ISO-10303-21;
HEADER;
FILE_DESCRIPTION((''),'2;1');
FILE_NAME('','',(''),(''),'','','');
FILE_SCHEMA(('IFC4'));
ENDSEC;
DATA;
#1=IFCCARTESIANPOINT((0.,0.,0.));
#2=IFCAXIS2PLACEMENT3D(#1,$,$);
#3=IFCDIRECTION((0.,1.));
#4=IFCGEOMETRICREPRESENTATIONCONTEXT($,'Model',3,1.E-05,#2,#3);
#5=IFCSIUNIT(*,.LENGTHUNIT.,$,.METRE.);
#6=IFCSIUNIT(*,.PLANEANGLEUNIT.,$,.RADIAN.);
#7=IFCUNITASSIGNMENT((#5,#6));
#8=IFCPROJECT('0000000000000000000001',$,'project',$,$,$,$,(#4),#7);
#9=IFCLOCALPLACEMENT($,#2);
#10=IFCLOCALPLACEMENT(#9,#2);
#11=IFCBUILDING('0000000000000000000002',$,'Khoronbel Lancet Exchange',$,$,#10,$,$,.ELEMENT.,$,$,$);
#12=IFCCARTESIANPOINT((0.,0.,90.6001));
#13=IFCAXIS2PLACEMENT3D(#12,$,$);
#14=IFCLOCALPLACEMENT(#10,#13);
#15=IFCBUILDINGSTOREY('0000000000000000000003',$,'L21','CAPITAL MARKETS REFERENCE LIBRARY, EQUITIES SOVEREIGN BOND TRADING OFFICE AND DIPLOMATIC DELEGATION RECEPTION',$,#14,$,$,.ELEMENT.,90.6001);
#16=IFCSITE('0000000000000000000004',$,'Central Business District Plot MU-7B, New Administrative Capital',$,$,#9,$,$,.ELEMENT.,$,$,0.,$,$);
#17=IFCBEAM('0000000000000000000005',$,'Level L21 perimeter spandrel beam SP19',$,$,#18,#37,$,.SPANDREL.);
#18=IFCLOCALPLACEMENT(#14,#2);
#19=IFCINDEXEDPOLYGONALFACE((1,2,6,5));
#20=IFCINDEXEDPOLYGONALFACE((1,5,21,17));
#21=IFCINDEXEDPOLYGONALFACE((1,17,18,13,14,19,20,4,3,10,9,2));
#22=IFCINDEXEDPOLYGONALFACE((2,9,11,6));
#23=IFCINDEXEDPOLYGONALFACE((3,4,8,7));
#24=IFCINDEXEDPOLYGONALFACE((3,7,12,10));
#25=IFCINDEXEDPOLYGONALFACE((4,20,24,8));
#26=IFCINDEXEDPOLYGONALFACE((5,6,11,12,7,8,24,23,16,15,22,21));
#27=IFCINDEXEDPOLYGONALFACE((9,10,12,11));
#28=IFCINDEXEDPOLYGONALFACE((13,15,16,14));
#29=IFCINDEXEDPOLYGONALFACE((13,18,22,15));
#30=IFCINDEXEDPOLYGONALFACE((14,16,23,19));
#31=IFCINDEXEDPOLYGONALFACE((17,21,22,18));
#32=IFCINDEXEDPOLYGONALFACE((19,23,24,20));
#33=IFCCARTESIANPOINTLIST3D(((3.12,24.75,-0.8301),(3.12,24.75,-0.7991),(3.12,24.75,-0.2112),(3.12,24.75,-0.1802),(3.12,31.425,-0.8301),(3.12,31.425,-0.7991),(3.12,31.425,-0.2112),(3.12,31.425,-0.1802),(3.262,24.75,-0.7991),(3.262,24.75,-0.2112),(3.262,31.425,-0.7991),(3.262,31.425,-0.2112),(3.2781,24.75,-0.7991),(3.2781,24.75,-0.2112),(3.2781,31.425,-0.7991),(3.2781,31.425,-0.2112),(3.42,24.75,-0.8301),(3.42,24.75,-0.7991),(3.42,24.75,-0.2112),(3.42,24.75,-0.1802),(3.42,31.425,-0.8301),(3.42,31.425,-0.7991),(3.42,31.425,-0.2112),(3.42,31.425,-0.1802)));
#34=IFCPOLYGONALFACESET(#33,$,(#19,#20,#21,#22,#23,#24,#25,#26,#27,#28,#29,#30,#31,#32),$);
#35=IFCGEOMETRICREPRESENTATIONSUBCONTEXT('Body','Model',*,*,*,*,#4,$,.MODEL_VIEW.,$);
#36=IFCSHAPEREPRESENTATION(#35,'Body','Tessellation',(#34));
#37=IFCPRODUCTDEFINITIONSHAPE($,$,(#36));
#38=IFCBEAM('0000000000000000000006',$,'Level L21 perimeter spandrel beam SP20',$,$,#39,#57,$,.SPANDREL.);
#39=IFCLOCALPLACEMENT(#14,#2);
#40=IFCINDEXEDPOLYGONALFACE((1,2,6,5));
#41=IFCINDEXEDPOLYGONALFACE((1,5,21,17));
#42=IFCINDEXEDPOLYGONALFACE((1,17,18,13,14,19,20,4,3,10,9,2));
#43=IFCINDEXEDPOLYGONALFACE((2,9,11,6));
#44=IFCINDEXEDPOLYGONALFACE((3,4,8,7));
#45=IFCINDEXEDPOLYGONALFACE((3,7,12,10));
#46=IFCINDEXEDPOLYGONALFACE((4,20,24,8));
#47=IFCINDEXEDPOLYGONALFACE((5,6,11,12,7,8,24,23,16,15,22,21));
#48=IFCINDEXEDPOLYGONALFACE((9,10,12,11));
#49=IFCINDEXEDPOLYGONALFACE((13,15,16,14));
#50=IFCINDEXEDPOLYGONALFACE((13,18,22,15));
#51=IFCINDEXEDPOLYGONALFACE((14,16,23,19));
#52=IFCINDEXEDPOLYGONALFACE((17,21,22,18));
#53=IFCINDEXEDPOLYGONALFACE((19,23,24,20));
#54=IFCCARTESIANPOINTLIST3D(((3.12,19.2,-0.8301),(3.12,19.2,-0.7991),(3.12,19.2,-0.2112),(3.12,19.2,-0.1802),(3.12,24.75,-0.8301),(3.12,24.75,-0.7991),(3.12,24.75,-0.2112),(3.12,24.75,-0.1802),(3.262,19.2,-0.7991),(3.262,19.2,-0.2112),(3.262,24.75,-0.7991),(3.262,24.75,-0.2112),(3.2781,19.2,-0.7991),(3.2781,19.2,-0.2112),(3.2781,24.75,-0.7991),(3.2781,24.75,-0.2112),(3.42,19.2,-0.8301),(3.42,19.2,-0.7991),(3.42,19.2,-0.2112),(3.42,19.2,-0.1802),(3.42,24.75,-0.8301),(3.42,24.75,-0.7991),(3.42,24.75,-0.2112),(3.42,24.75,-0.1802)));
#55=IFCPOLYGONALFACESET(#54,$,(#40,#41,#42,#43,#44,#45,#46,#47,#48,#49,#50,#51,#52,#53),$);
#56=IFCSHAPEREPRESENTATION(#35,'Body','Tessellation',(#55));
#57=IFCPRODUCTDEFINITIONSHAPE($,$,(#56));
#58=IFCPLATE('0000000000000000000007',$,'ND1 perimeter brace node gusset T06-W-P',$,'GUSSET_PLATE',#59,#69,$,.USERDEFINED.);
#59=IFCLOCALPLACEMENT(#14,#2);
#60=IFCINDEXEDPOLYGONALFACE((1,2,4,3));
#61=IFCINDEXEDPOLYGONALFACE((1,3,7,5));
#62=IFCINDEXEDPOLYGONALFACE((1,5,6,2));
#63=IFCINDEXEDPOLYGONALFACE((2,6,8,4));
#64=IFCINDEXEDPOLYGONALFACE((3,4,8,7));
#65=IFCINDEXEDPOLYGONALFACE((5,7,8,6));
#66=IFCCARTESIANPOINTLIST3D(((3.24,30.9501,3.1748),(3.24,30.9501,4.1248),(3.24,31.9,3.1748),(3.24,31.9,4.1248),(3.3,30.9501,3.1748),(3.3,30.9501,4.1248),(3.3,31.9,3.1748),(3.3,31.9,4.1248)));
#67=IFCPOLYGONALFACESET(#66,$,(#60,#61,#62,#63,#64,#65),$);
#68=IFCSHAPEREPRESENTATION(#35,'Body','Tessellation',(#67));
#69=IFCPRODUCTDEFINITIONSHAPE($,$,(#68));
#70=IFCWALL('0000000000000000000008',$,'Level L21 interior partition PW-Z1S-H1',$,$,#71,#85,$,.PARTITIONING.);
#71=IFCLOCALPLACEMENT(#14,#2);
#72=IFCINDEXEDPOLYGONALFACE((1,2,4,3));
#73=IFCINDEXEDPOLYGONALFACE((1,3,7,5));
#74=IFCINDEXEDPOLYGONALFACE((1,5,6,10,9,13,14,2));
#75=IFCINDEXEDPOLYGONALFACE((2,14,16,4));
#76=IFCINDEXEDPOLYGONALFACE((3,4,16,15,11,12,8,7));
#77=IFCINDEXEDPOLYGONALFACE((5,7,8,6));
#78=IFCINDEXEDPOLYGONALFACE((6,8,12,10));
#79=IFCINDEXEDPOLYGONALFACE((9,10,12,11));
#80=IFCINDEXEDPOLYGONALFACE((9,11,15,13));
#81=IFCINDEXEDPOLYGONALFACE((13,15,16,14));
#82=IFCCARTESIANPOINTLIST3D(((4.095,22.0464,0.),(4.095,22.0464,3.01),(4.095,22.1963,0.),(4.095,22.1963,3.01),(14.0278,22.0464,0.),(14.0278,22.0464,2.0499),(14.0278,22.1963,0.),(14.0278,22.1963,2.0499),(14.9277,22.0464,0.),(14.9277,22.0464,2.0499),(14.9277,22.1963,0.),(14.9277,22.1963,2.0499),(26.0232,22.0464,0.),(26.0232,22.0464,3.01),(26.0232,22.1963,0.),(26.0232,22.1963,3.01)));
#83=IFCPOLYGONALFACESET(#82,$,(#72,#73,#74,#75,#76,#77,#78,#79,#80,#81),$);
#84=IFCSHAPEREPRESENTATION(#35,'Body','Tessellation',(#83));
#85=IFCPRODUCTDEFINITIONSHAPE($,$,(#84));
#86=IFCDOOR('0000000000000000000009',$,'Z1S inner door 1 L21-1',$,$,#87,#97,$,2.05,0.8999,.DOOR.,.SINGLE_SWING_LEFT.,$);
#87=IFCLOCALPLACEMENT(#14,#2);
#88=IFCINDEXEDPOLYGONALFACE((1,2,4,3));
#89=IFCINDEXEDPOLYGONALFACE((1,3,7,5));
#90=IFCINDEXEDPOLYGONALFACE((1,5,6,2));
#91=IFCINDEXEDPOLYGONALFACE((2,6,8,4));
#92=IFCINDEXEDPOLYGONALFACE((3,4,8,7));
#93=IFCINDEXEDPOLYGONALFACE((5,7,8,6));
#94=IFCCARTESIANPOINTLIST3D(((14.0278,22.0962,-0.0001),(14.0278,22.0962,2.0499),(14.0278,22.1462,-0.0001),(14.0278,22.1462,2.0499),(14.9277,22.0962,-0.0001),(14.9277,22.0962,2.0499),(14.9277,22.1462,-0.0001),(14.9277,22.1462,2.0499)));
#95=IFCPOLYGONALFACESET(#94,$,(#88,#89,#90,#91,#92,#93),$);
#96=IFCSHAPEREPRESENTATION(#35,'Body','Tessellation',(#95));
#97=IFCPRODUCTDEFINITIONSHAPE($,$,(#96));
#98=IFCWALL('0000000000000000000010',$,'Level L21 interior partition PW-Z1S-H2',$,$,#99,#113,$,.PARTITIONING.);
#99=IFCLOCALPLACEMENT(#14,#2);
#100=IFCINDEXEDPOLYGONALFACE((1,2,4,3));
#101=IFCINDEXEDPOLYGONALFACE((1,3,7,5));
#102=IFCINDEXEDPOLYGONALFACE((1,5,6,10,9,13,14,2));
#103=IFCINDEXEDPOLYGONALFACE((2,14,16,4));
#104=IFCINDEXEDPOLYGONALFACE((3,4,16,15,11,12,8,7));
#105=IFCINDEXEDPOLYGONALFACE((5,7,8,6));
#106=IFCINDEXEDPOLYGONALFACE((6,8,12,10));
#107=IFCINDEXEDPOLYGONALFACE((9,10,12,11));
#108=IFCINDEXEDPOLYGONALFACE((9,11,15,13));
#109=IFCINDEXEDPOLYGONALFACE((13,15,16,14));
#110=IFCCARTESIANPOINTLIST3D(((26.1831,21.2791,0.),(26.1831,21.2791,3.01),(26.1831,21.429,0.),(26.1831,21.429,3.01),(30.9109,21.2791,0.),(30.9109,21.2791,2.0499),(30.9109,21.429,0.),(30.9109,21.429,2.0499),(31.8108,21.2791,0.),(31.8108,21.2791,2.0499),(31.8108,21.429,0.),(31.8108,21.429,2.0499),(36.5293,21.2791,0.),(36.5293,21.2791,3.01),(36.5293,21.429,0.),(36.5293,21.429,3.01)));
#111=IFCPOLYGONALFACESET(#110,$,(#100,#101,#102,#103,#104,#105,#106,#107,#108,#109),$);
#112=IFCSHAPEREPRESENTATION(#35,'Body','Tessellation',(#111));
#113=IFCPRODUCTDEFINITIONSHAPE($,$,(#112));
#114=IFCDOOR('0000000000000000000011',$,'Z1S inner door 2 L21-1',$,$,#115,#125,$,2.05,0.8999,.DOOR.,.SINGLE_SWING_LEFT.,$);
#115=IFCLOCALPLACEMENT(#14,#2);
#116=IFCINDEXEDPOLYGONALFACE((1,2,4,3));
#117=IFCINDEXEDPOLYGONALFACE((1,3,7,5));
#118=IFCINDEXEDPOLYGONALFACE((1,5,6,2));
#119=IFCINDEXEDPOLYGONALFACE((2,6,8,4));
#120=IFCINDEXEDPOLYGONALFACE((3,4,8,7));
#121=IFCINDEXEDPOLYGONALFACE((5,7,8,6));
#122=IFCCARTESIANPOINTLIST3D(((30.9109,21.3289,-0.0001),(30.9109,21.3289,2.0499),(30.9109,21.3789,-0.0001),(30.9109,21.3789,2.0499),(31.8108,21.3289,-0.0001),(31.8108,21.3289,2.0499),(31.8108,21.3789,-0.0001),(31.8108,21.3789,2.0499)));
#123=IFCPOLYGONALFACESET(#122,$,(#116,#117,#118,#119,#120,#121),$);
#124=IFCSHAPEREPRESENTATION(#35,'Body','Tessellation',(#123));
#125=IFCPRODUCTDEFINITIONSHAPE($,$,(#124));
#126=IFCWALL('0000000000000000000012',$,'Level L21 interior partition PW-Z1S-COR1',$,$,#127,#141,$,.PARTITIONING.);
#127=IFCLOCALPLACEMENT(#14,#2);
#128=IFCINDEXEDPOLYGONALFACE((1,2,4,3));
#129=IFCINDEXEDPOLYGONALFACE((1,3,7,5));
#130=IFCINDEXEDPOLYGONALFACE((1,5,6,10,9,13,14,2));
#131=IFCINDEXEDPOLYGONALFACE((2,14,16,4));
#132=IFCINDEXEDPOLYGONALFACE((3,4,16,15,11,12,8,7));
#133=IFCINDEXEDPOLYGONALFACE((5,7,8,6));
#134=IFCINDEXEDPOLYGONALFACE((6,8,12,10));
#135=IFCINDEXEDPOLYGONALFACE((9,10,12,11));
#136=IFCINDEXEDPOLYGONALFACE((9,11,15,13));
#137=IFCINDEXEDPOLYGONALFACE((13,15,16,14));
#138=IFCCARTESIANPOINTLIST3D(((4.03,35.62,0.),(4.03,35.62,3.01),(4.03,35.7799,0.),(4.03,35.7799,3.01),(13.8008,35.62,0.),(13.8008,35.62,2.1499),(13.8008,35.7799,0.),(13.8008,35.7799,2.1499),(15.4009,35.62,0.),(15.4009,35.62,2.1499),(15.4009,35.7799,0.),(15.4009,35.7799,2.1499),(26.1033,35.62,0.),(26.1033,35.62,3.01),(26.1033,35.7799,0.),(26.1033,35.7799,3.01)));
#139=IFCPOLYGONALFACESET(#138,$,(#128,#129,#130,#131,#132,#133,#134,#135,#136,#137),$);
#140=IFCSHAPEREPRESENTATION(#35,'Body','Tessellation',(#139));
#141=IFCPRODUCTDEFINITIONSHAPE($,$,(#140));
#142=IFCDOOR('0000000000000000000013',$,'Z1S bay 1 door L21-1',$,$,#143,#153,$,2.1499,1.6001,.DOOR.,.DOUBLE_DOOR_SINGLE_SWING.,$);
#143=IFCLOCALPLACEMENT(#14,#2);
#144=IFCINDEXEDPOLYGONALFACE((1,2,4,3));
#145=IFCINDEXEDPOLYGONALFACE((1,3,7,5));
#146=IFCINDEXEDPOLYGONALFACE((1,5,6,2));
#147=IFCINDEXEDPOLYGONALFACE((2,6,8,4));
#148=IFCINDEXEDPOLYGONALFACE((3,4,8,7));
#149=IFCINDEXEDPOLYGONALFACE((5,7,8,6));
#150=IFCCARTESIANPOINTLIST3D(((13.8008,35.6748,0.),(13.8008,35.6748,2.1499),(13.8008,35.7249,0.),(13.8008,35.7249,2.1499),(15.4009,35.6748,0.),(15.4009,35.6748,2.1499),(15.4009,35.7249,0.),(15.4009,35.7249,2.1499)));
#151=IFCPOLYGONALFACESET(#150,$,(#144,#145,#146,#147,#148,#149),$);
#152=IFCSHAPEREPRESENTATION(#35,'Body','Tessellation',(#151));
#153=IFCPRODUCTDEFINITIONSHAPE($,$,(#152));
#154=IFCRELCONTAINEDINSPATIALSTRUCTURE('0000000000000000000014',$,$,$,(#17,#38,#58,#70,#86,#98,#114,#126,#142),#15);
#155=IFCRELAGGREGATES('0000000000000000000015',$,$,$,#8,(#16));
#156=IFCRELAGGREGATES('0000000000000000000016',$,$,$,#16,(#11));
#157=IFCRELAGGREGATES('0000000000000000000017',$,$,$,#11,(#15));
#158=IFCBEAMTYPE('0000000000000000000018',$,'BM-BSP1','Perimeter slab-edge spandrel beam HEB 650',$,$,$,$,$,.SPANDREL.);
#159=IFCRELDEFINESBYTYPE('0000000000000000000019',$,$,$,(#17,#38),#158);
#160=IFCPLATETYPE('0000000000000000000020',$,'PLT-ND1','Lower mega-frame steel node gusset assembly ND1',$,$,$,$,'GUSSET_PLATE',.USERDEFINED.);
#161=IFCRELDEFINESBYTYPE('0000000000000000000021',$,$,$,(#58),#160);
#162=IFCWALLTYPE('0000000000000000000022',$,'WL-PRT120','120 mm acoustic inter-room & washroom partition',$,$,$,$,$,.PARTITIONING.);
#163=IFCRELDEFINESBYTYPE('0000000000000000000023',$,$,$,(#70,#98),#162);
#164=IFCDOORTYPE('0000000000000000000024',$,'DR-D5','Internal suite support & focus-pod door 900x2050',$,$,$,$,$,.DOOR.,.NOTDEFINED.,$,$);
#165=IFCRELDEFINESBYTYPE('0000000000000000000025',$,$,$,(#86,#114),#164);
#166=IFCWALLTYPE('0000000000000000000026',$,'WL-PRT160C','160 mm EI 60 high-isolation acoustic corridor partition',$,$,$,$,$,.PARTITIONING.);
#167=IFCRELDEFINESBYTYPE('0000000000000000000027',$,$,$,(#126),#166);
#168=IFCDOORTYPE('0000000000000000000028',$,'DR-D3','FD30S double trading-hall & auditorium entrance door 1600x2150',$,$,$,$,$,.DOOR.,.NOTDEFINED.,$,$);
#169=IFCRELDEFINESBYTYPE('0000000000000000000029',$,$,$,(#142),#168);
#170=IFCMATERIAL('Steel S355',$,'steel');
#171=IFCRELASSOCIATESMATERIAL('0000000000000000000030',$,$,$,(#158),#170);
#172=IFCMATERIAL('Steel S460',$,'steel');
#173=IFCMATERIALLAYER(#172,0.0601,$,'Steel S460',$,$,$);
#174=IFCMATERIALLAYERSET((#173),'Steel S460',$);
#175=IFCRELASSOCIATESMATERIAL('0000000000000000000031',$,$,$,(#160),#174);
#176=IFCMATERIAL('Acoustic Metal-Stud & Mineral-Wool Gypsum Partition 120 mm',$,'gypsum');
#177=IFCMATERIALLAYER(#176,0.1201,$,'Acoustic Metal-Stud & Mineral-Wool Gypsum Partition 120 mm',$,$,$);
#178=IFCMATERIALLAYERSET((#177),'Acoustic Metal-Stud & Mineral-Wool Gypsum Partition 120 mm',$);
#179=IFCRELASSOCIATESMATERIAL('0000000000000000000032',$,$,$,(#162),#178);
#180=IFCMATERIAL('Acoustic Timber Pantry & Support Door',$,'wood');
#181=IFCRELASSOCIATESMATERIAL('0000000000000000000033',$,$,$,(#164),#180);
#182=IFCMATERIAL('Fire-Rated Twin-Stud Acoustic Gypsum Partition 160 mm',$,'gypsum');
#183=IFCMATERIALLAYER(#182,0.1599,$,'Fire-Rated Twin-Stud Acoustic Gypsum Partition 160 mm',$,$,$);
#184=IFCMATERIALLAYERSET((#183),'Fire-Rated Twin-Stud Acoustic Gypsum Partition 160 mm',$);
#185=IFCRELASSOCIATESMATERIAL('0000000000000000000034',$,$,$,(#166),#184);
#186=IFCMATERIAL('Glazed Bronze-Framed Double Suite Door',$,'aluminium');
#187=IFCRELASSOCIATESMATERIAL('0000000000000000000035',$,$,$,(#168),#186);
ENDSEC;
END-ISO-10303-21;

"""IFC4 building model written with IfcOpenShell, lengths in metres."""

from ifc_helpers import new_model, si_unit, direction, frame, frame_2d, origin, origin_2d, place, context, subcontext, project, spatial, rectangle, i_section, extrude, material, layer, layer_set, material_profile, profile_set, type_object, element, fill, save


model = new_model("IFC4")

# Units and contexts
model_context = context("Model", 3, precision=1e-05, world=origin(), true_north=direction((0.0, 1.0)))
body_context = subcontext(model_context, "Body", "Model", "MODEL_VIEW")
ifc_project = project(units=[si_unit("LENGTHUNIT", "METRE"), si_unit("PLANEANGLEUNIT", "RADIAN")], contexts=[model_context])

# Site, building, storey
site_placement = place(None, origin())
site = spatial("IfcSite", under=ifc_project, at=site_placement, Name="Central Business District Plot MU-7B, New Administrative Capital", CompositionType="ELEMENT", RefElevation=0.0)
building_placement = place(site_placement, origin())
building = spatial("IfcBuilding", under=site, at=building_placement, Name="Khoronbel Lancet Exchange", CompositionType="ELEMENT")
storey_placement = place(building_placement, frame((0.0, 0.0, 90.6001)))
storey = spatial("IfcBuildingStorey", under=building, at=storey_placement, Name="L21", Description="CAPITAL MARKETS REFERENCE LIBRARY, EQUITIES SOVEREIGN BOND TRADING OFFICE AND DIPLOMATIC DELEGATION RECEPTION", CompositionType="ELEMENT", Elevation=90.6001)

# Shared definitions
ifc_material_1 = material(Name="Steel S460", Category="steel")
ifc_material_2 = material(Name="Steel S355", Category="steel")

# Beams
ifc_material_profile_1 = material_profile(ifc_material_2, i_section(OverallWidth=0.3, OverallDepth=0.6499, WebThickness=0.0161, FlangeThickness=0.031, at=origin_2d()), Name="HEB 650")
ifc_profile_set_1 = profile_set([ifc_material_profile_1], Name="Steel S355")
beam_type_1 = type_object("IfcBeamType", Name="BM-BSP1", Description="Perimeter slab-edge spandrel beam HEB 650", PredefinedType="SPANDREL", material=ifc_profile_set_1)
beam_1_placement = place(storey_placement, frame((3.27, 31.425, -0.5051), z_axis=(0.0, -1.0, 0.0), x_axis=(1.0, 0.0, 0.0)))
element("IfcBeam", 1, at=beam_1_placement, inside=storey, type_object=beam_type_1, Name="Level L21 perimeter spandrel beam SP19", PredefinedType="SPANDREL", context=body_context, shape_type="SweptSolid", body=[
    extrude(i_section(OverallWidth=0.3, OverallDepth=0.6499, WebThickness=0.0161, FlangeThickness=0.031, at=origin_2d()), origin(), (0.0, 0.0, 1.0), 6.675),
])
beam_2_placement = place(storey_placement, frame((3.27, 24.75, -0.5051), z_axis=(0.0, -1.0, 0.0), x_axis=(1.0, 0.0, 0.0)))
element("IfcBeam", 2, at=beam_2_placement, inside=storey, type_object=beam_type_1, Name="Level L21 perimeter spandrel beam SP20", PredefinedType="SPANDREL", context=body_context, shape_type="SweptSolid", body=[
    extrude(i_section(OverallWidth=0.3, OverallDepth=0.6499, WebThickness=0.0161, FlangeThickness=0.031, at=origin_2d()), origin(), (0.0, 0.0, 1.0), 5.55),
])

# Plate
ifc_layer_1 = layer(ifc_material_1, 0.0601, Name="Steel S460")
ifc_layer_set_1 = layer_set([ifc_layer_1], Name="Steel S460")
plate_type = type_object("IfcPlateType", Name="PLT-ND1", Description="Lower mega-frame steel node gusset assembly ND1", ElementType="GUSSET_PLATE", PredefinedType="USERDEFINED", material=ifc_layer_set_1)
plate_placement = place(storey_placement, frame((3.27, 31.425, 3.1748), z_axis=(0.0, 0.0, 1.0), x_axis=(0.0, 1.0, 0.0)))
element("IfcPlate", 3, at=plate_placement, inside=storey, type_object=plate_type, Name="ND1 perimeter brace node gusset T06-W-P", ObjectType="GUSSET_PLATE", PredefinedType="USERDEFINED", context=body_context, shape_type="SweptSolid", body=[
    extrude(rectangle(XDim=0.95, YDim=0.0601, at=origin_2d()), origin(), (0.0, 0.0, 1.0), 0.95),
])

# Walls, openings, doors
ifc_material_3 = material(Name="Acoustic Metal-Stud & Mineral-Wool Gypsum Partition 120 mm", Category="gypsum")
ifc_layer_2 = layer(ifc_material_3, 0.1201, Name="Acoustic Metal-Stud & Mineral-Wool Gypsum Partition 120 mm")
ifc_layer_set_2 = layer_set([ifc_layer_2], Name="Acoustic Metal-Stud & Mineral-Wool Gypsum Partition 120 mm")
wall_type_1 = type_object("IfcWallType", Name="WL-PRT120", Description="120 mm acoustic inter-room & washroom partition", PredefinedType="PARTITIONING", material=ifc_layer_set_2)
wall_1_placement = place(storey_placement, frame((4.095, 22.1213, 0.0), z_axis=(0.0, 0.0, 1.0), x_axis=(1.0, 0.0, 0.0)))
wall_1 = element("IfcWall", 4, at=wall_1_placement, inside=storey, type_object=wall_type_1, Name="Level L21 interior partition PW-Z1S-H1", PredefinedType="PARTITIONING", context=body_context, shape_type="SweptSolid", body=[
    extrude(rectangle(XDim=21.9282, YDim=0.1499, at=frame_2d((10.9641, 0.0))), origin(), (0.0, 0.0, 1.0), 3.01),
])
opening_1_placement = place(wall_1_placement, frame((9.9329, 0.0, 0.0)))
opening_1 = element("IfcOpeningElement", 5, at=opening_1_placement, cuts=wall_1, PredefinedType="OPENING", context=body_context, shape_type="SweptSolid", body=[
    extrude(rectangle(XDim=0.8999, YDim=2.05, at=frame_2d((0.45, 1.0249))), frame((0.0, 0.085, 0.0), z_axis=(0.0, -1.0, 0.0), x_axis=(1.0, 0.0, 0.0)), (0.0, 0.0, 1.0), 0.1699),
])
ifc_material_4 = material(Name="Acoustic Timber Pantry & Support Door", Category="wood")
door_type_1 = type_object("IfcDoorType", Name="DR-D5", Description="Internal suite support & focus-pod door 900x2050", OperationType="NOTDEFINED", PredefinedType="DOOR", material=ifc_material_4)
door_1_placement = place(opening_1_placement, origin())
door_1 = element("IfcDoor", 6, at=door_1_placement, inside=storey, type_object=door_type_1, Name="Z1S inner door 1 L21-1", OperationType="SINGLE_SWING_LEFT", OverallHeight=2.05, OverallWidth=0.8999, PredefinedType="DOOR", context=body_context, shape_type="SweptSolid", body=[
    extrude(rectangle(XDim=0.8999, YDim=2.05, at=frame_2d((0.45, 1.0249))), frame((0.0, 0.0249, 0.0), z_axis=(0.0, -1.0, 0.0), x_axis=(1.0, 0.0, 0.0)), (0.0, 0.0, 1.0), 0.05),
])
fill(opening_1, door_1)
wall_2_placement = place(storey_placement, frame((26.1831, 21.354, 0.0), z_axis=(0.0, 0.0, 1.0), x_axis=(1.0, 0.0, 0.0)))
wall_2 = element("IfcWall", 7, at=wall_2_placement, inside=storey, type_object=wall_type_1, Name="Level L21 interior partition PW-Z1S-H2", PredefinedType="PARTITIONING", context=body_context, shape_type="SweptSolid", body=[
    extrude(rectangle(XDim=10.3462, YDim=0.1499, at=frame_2d((5.1731, 0.0))), origin(), (0.0, 0.0, 1.0), 3.01),
])
opening_2_placement = place(wall_2_placement, frame((4.7278, 0.0, 0.0)))
opening_2 = element("IfcOpeningElement", 8, at=opening_2_placement, cuts=wall_2, PredefinedType="OPENING", context=body_context, shape_type="SweptSolid", body=[
    extrude(rectangle(XDim=0.8999, YDim=2.05, at=frame_2d((0.45, 1.0249))), frame((0.0, 0.085, 0.0), z_axis=(0.0, -1.0, 0.0), x_axis=(1.0, 0.0, 0.0)), (0.0, 0.0, 1.0), 0.1699),
])
door_2_placement = place(opening_2_placement, origin())
door_2 = element("IfcDoor", 9, at=door_2_placement, inside=storey, type_object=door_type_1, Name="Z1S inner door 2 L21-1", OperationType="SINGLE_SWING_LEFT", OverallHeight=2.05, OverallWidth=0.8999, PredefinedType="DOOR", context=body_context, shape_type="SweptSolid", body=[
    extrude(rectangle(XDim=0.8999, YDim=2.05, at=frame_2d((0.45, 1.0249))), frame((0.0, 0.0249, 0.0), z_axis=(0.0, -1.0, 0.0), x_axis=(1.0, 0.0, 0.0)), (0.0, 0.0, 1.0), 0.05),
])
fill(opening_2, door_2)
ifc_material_5 = material(Name="Fire-Rated Twin-Stud Acoustic Gypsum Partition 160 mm", Category="gypsum")
ifc_layer_3 = layer(ifc_material_5, 0.1599, Name="Fire-Rated Twin-Stud Acoustic Gypsum Partition 160 mm")
ifc_layer_set_3 = layer_set([ifc_layer_3], Name="Fire-Rated Twin-Stud Acoustic Gypsum Partition 160 mm")
wall_type_2 = type_object("IfcWallType", Name="WL-PRT160C", Description="160 mm EI 60 high-isolation acoustic corridor partition", PredefinedType="PARTITIONING", material=ifc_layer_set_3)
wall_3_placement = place(storey_placement, frame((4.03, 35.7, 0.0), z_axis=(0.0, 0.0, 1.0), x_axis=(1.0, 0.0, 0.0)))
wall_3 = element("IfcWall", 10, at=wall_3_placement, inside=storey, type_object=wall_type_2, Name="Level L21 interior partition PW-Z1S-COR1", PredefinedType="PARTITIONING", context=body_context, shape_type="SweptSolid", body=[
    extrude(rectangle(XDim=22.0732, YDim=0.1599, at=frame_2d((11.0366, 0.0))), origin(), (0.0, 0.0, 1.0), 3.01),
])
opening_3_placement = place(wall_3_placement, frame((9.7708, 0.0, 0.0)))
opening_3 = element("IfcOpeningElement", 11, at=opening_3_placement, cuts=wall_3, PredefinedType="OPENING", context=body_context, shape_type="SweptSolid", body=[
    extrude(rectangle(XDim=1.6001, YDim=2.1499, at=frame_2d((0.8, 1.075))), frame((0.0, 0.0898, 0.0), z_axis=(0.0, -1.0, 0.0), x_axis=(1.0, 0.0, 0.0)), (0.0, 0.0, 1.0), 0.1799),
])
ifc_material_6 = material(Name="Glazed Bronze-Framed Double Suite Door", Category="aluminium")
door_type_2 = type_object("IfcDoorType", Name="DR-D3", Description="FD30S double trading-hall & auditorium entrance door 1600x2150", OperationType="NOTDEFINED", PredefinedType="DOOR", material=ifc_material_6)
door_3_placement = place(opening_3_placement, origin())
door_3 = element("IfcDoor", 12, at=door_3_placement, inside=storey, type_object=door_type_2, Name="Z1S bay 1 door L21-1", OperationType="DOUBLE_DOOR_SINGLE_SWING", OverallHeight=2.1499, OverallWidth=1.6001, PredefinedType="DOOR", context=body_context, shape_type="SweptSolid", body=[
    extrude(rectangle(XDim=1.6001, YDim=2.1499, at=frame_2d((0.8, 1.075))), frame((0.0, 0.0249, 0.0), z_axis=(0.0, -1.0, 0.0), x_axis=(1.0, 0.0, 0.0)), (0.0, 0.0, 1.0), 0.05),
])
fill(opening_3, door_3)

save(model, "model.ifc")
